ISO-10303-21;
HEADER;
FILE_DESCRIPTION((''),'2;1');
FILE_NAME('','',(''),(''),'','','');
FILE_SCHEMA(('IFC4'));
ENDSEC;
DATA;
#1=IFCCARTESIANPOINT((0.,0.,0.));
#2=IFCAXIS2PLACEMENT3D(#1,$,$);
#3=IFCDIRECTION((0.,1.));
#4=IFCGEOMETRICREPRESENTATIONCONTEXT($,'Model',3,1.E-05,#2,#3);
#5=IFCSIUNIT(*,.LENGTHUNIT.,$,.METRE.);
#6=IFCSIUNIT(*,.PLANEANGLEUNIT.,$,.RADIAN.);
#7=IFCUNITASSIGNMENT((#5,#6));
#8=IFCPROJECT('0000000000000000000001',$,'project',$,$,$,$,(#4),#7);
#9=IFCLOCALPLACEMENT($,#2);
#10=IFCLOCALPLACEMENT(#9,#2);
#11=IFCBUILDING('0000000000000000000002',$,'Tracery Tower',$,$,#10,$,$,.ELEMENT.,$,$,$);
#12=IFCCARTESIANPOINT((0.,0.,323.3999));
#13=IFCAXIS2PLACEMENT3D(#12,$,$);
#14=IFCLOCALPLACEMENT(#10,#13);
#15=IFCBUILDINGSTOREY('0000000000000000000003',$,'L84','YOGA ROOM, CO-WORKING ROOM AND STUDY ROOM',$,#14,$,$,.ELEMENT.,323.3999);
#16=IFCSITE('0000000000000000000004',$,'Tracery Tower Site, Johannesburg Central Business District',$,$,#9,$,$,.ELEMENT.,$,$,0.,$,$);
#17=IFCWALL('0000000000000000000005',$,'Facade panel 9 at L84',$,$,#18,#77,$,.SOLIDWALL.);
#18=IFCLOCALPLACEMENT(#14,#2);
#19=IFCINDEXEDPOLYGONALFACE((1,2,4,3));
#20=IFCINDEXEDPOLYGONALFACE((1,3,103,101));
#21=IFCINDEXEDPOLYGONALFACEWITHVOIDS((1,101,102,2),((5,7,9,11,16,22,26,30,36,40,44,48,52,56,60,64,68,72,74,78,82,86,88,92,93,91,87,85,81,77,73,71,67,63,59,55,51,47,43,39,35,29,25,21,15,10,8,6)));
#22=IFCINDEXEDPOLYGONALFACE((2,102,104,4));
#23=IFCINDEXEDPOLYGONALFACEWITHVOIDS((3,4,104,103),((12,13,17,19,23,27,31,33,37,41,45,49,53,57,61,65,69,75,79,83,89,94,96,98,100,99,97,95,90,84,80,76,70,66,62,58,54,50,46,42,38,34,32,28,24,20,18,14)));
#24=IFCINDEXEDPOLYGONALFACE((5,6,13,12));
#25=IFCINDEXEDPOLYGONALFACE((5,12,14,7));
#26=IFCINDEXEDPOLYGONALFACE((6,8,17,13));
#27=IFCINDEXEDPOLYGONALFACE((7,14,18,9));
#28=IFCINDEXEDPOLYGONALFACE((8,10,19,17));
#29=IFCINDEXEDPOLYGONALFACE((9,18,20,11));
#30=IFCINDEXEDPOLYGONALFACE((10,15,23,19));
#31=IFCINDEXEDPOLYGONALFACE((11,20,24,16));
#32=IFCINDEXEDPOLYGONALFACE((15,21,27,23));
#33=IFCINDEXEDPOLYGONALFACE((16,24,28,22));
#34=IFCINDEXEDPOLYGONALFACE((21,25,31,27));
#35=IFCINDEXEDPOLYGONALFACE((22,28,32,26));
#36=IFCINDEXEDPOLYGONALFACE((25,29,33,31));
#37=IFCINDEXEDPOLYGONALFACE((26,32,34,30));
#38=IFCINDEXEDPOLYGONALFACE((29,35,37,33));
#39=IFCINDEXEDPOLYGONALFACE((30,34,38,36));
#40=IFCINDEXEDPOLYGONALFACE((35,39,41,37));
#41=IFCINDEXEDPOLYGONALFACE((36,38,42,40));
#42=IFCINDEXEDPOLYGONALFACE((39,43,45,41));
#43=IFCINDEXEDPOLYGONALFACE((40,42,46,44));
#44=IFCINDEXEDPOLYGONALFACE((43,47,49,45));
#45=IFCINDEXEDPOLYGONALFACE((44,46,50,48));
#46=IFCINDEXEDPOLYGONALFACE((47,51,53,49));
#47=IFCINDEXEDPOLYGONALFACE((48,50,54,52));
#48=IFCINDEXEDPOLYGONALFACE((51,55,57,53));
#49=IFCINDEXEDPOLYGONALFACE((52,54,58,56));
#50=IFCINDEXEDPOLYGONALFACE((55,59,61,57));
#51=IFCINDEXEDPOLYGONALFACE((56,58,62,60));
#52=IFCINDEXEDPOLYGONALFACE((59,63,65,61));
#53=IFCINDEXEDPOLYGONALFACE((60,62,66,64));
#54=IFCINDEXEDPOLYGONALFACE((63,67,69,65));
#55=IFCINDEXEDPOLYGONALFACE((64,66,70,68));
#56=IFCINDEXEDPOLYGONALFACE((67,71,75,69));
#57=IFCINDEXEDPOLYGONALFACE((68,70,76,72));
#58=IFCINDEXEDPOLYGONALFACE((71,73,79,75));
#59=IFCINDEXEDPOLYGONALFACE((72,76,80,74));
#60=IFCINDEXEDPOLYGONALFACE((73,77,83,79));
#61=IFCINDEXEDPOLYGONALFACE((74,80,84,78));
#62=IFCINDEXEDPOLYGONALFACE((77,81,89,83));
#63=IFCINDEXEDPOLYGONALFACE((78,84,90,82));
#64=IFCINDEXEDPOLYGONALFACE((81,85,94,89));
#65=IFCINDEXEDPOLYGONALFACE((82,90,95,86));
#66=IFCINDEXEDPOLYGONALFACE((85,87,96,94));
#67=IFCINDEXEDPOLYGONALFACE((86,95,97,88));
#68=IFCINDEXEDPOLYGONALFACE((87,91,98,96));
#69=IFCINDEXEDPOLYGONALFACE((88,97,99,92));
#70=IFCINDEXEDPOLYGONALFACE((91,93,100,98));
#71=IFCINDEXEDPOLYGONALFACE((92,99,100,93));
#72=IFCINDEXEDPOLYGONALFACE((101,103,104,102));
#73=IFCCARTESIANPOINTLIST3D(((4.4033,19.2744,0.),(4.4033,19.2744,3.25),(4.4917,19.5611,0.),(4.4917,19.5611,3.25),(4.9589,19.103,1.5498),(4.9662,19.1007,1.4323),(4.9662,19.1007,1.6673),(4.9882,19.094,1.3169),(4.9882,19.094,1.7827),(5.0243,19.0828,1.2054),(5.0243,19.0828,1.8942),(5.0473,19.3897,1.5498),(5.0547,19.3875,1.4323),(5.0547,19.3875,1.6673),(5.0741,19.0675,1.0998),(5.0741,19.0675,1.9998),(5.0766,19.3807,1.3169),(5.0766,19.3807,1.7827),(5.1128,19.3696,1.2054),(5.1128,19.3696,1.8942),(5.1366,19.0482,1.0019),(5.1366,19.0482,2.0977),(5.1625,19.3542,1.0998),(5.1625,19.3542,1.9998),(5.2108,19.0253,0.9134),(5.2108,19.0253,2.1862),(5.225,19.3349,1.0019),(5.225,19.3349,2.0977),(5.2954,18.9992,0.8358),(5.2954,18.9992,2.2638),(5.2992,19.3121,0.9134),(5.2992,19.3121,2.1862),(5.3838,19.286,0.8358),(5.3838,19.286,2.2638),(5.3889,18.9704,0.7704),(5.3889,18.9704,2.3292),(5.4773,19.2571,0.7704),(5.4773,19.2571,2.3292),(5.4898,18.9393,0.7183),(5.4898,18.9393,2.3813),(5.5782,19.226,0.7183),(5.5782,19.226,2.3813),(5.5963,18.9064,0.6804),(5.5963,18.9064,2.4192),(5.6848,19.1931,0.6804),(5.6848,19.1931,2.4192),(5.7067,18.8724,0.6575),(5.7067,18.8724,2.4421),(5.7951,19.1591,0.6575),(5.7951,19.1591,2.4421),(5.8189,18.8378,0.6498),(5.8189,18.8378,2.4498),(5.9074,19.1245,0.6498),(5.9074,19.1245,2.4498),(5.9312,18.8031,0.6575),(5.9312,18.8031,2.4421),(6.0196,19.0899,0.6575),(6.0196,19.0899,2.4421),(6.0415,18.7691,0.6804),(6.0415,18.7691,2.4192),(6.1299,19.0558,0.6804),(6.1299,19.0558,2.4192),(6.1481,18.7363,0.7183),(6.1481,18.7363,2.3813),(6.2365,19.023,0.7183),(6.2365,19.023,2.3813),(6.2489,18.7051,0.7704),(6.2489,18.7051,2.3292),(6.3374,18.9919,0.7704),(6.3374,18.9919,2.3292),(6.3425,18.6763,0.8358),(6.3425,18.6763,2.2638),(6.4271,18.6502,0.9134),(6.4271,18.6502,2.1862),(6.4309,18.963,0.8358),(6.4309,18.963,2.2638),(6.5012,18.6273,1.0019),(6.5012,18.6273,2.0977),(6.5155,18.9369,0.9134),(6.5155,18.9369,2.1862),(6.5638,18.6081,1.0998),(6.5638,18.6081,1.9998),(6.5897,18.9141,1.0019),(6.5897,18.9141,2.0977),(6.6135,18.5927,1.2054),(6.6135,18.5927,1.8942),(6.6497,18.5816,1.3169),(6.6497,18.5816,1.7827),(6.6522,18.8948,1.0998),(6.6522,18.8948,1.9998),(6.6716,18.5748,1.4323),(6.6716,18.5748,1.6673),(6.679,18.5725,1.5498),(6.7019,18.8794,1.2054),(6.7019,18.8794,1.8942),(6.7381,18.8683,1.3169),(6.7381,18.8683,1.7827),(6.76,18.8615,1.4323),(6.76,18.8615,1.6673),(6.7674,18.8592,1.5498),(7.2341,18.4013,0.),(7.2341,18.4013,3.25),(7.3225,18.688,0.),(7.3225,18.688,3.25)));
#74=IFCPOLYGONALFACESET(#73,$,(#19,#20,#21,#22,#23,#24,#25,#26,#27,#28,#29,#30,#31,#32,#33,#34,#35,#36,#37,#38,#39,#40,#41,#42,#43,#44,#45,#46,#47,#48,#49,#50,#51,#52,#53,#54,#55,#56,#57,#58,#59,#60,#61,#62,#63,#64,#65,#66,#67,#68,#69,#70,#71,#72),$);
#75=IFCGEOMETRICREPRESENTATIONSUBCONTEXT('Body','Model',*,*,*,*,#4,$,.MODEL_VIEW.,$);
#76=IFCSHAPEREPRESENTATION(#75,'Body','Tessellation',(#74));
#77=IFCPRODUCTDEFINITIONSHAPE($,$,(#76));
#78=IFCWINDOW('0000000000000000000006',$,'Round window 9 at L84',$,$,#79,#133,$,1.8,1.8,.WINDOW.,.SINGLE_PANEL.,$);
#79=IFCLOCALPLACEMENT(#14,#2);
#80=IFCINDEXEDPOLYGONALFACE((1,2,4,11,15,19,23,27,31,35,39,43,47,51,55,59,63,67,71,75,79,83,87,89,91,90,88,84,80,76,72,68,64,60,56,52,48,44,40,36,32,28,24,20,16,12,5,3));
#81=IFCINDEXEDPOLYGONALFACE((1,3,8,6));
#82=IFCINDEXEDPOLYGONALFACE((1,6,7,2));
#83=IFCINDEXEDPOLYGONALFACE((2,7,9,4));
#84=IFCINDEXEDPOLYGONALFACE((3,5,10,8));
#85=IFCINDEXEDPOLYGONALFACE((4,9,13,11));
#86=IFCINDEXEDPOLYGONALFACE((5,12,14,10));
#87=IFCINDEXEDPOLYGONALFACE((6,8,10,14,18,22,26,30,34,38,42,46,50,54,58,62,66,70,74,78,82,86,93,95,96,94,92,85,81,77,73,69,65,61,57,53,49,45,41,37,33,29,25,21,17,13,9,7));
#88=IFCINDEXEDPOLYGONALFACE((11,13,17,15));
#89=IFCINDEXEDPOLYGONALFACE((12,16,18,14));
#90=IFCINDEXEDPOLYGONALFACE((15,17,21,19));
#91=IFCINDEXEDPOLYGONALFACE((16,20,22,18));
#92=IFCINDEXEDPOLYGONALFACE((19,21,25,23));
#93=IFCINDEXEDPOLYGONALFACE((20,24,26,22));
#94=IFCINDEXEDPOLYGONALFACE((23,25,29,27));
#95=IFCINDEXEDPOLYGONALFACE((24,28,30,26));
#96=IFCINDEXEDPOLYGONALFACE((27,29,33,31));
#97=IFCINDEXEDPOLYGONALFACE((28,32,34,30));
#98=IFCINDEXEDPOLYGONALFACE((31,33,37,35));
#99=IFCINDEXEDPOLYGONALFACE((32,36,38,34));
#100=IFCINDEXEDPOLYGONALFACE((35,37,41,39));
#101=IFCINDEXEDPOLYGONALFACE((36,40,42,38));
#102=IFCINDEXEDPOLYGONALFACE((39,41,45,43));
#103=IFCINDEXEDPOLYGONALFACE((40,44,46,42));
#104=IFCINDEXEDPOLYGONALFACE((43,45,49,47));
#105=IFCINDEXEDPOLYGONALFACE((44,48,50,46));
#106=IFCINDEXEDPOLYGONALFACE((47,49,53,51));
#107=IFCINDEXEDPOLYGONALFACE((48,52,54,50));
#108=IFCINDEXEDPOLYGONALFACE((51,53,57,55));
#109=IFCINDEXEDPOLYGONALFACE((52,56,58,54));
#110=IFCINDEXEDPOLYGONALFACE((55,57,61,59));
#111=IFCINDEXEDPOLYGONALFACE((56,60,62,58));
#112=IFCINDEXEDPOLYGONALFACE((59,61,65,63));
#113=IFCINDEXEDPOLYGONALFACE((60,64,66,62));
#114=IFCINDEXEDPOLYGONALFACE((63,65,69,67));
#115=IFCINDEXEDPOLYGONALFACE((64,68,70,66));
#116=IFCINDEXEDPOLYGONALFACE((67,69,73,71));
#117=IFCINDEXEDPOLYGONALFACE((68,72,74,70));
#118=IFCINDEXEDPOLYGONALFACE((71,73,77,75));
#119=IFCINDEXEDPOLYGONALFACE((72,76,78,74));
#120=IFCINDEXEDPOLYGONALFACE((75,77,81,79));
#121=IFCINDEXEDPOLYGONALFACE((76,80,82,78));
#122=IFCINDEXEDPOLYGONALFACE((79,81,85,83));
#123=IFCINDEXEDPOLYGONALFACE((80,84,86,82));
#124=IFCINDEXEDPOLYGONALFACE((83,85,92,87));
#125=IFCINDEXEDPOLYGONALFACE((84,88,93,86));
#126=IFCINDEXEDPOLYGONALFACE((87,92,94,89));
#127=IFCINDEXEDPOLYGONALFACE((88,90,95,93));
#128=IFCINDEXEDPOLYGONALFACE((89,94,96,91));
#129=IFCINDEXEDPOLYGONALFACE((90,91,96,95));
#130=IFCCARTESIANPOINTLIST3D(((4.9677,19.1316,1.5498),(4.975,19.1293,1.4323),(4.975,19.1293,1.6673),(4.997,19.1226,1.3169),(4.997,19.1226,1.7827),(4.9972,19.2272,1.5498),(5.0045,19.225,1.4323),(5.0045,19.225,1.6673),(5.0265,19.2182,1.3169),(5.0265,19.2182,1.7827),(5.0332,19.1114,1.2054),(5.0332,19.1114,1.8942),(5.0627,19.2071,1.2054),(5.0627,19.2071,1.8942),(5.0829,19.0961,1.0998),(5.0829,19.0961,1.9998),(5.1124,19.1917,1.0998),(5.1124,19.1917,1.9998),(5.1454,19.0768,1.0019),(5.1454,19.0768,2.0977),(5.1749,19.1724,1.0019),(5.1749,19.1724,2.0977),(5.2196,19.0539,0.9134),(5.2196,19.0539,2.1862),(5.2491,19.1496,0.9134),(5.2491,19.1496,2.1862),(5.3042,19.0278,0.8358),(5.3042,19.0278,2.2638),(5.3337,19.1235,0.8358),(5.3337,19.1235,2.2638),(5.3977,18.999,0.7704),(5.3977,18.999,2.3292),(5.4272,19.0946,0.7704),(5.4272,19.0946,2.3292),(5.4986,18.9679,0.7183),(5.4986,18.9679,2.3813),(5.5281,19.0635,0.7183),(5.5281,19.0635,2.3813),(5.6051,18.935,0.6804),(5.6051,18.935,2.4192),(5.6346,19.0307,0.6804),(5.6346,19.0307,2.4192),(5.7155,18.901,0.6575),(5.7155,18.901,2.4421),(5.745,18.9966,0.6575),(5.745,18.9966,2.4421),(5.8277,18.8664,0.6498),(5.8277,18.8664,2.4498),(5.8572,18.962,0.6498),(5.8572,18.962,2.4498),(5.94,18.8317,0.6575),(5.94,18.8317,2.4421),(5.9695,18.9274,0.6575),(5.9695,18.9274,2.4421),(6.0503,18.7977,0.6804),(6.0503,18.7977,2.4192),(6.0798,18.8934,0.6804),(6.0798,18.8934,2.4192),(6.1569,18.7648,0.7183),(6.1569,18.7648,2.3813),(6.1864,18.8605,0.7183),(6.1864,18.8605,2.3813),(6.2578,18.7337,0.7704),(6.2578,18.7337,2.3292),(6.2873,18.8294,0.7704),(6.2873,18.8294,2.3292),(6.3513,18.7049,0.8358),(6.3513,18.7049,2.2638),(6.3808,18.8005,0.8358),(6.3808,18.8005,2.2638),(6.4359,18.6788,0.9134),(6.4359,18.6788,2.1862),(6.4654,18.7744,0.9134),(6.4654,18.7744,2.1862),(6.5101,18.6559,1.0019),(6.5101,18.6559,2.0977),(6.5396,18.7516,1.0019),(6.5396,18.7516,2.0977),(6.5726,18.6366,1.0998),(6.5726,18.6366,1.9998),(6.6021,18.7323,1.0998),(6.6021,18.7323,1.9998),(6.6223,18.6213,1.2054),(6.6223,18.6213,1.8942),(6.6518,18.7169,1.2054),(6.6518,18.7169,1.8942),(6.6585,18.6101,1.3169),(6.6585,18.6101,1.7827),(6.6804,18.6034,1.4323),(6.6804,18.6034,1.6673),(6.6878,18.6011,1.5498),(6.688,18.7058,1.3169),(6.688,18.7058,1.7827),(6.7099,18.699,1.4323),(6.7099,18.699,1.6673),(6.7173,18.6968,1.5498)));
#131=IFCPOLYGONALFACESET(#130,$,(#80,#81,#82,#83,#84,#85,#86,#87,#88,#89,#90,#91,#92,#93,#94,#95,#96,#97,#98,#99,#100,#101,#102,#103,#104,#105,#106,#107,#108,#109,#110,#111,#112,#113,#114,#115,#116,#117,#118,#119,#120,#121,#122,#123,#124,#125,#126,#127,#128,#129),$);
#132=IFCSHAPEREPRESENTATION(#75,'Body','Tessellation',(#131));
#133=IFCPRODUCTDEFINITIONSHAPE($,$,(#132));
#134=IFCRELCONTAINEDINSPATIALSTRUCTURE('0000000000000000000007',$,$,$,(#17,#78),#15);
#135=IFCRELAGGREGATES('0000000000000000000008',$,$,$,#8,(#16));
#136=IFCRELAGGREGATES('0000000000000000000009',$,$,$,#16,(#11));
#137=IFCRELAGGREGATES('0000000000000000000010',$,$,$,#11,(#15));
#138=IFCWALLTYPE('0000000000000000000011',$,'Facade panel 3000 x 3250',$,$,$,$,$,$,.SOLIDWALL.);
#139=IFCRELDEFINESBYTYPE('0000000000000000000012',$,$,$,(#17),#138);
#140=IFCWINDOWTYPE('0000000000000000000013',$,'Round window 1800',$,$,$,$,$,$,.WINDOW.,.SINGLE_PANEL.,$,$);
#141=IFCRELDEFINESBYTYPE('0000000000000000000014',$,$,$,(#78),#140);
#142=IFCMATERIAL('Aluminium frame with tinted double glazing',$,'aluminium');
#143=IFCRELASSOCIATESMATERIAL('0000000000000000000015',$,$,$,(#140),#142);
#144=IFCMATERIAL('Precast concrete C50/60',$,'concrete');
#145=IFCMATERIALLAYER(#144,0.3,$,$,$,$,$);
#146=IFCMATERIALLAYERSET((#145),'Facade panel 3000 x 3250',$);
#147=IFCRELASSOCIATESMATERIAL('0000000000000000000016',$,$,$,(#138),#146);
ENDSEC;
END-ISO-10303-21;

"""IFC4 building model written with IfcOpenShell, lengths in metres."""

from ifc_helpers import new_model, si_unit, direction, frame, frame_2d, origin, origin_2d, place, context, subcontext, project, spatial, rectangle, circle, extrude, material, layer, layer_set, type_object, element, fill, save


model = new_model("IFC4")

# Units and contexts
model_context = context("Model", 3, precision=1e-05, world=origin(), true_north=direction((0.0, 1.0)))
body_context = subcontext(model_context, "Body", "Model", "MODEL_VIEW")
ifc_project = project(units=[si_unit("LENGTHUNIT", "METRE"), si_unit("PLANEANGLEUNIT", "RADIAN")], contexts=[model_context])

# Site, building, storey
site_placement = place(None, origin())
site = spatial("IfcSite", under=ifc_project, at=site_placement, Name="Tracery Tower Site, Johannesburg Central Business District", CompositionType="ELEMENT", RefElevation=0.0)
building_placement = place(site_placement, origin())
building = spatial("IfcBuilding", under=site, at=building_placement, Name="Tracery Tower", CompositionType="ELEMENT")
storey_placement = place(building_placement, frame((0.0, 0.0, 323.3999)))
storey = spatial("IfcBuildingStorey", under=building, at=storey_placement, Name="L84", Description="YOGA ROOM, CO-WORKING ROOM AND STUDY ROOM", CompositionType="ELEMENT", Elevation=323.3999)

# Wall, opening, window
ifc_material_1 = material(Name="Aluminium frame with tinted double glazing", Category="aluminium")
window_type = type_object("IfcWindowType", Name="Round window 1800", PartitioningType="SINGLE_PANEL", PredefinedType="WINDOW", material=ifc_material_1)
ifc_material_2 = material(Name="Precast concrete C50/60", Category="concrete")
ifc_layer_1 = layer(ifc_material_2, 0.3)
ifc_layer_set_1 = layer_set([ifc_layer_1], Name="Facade panel 3000 x 3250")
wall_type_1 = type_object("IfcWallType", Name="Facade panel 3000 x 3250", PredefinedType="SOLIDWALL", material=ifc_layer_set_1)
wall_1_placement = place(storey_placement, frame((7.2783, 18.5447, 0.0), z_axis=(0.0, 0.0, 1.0), x_axis=(-0.955586, 0.294711, 0.0)))
wall_1 = element("IfcWall", 1, at=wall_1_placement, inside=storey, type_object=wall_type_1, Name="Facade panel 9 at L84", PredefinedType="SOLIDWALL", context=body_context, shape_type="SweptSolid", body=[
    extrude(rectangle(XDim=2.9624, YDim=0.3, at=frame_2d((1.4812, 0.0))), origin(), (0.0, 0.0, 1.0), 3.25),
])
opening_1_placement = place(wall_1_placement, frame((1.481, 0.0, 1.5498)))
opening_1 = element("IfcOpeningElement", 2, at=opening_1_placement, cuts=wall_1, PredefinedType="OPENING", context=body_context, shape_type="SweptSolid", body=[
    extrude(circle(Radius=0.9, at=origin_2d()), frame((0.0, 0.1599, 0.0), z_axis=(0.0, -1.0, 0.0), x_axis=(1.0, 0.0, 0.0)), (0.0, 0.0, 1.0), 0.3201),
])
window_1_placement = place(opening_1_placement, origin())
window_1 = element("IfcWindow", 3, at=window_1_placement, inside=storey, type_object=window_type, Name="Round window 9 at L84", OverallHeight=1.8, OverallWidth=1.8, PartitioningType="SINGLE_PANEL", PredefinedType="WINDOW", context=body_context, shape_type="SweptSolid", body=[
    extrude(circle(Radius=0.9, at=origin_2d()), frame((0.0, 0.1201, 0.0), z_axis=(0.0, -1.0, 0.0), x_axis=(1.0, 0.0, 0.0)), (0.0, 0.0, 1.0), 0.1001),
])
fill(opening_1, window_1)

save(model, "model.ifc")
